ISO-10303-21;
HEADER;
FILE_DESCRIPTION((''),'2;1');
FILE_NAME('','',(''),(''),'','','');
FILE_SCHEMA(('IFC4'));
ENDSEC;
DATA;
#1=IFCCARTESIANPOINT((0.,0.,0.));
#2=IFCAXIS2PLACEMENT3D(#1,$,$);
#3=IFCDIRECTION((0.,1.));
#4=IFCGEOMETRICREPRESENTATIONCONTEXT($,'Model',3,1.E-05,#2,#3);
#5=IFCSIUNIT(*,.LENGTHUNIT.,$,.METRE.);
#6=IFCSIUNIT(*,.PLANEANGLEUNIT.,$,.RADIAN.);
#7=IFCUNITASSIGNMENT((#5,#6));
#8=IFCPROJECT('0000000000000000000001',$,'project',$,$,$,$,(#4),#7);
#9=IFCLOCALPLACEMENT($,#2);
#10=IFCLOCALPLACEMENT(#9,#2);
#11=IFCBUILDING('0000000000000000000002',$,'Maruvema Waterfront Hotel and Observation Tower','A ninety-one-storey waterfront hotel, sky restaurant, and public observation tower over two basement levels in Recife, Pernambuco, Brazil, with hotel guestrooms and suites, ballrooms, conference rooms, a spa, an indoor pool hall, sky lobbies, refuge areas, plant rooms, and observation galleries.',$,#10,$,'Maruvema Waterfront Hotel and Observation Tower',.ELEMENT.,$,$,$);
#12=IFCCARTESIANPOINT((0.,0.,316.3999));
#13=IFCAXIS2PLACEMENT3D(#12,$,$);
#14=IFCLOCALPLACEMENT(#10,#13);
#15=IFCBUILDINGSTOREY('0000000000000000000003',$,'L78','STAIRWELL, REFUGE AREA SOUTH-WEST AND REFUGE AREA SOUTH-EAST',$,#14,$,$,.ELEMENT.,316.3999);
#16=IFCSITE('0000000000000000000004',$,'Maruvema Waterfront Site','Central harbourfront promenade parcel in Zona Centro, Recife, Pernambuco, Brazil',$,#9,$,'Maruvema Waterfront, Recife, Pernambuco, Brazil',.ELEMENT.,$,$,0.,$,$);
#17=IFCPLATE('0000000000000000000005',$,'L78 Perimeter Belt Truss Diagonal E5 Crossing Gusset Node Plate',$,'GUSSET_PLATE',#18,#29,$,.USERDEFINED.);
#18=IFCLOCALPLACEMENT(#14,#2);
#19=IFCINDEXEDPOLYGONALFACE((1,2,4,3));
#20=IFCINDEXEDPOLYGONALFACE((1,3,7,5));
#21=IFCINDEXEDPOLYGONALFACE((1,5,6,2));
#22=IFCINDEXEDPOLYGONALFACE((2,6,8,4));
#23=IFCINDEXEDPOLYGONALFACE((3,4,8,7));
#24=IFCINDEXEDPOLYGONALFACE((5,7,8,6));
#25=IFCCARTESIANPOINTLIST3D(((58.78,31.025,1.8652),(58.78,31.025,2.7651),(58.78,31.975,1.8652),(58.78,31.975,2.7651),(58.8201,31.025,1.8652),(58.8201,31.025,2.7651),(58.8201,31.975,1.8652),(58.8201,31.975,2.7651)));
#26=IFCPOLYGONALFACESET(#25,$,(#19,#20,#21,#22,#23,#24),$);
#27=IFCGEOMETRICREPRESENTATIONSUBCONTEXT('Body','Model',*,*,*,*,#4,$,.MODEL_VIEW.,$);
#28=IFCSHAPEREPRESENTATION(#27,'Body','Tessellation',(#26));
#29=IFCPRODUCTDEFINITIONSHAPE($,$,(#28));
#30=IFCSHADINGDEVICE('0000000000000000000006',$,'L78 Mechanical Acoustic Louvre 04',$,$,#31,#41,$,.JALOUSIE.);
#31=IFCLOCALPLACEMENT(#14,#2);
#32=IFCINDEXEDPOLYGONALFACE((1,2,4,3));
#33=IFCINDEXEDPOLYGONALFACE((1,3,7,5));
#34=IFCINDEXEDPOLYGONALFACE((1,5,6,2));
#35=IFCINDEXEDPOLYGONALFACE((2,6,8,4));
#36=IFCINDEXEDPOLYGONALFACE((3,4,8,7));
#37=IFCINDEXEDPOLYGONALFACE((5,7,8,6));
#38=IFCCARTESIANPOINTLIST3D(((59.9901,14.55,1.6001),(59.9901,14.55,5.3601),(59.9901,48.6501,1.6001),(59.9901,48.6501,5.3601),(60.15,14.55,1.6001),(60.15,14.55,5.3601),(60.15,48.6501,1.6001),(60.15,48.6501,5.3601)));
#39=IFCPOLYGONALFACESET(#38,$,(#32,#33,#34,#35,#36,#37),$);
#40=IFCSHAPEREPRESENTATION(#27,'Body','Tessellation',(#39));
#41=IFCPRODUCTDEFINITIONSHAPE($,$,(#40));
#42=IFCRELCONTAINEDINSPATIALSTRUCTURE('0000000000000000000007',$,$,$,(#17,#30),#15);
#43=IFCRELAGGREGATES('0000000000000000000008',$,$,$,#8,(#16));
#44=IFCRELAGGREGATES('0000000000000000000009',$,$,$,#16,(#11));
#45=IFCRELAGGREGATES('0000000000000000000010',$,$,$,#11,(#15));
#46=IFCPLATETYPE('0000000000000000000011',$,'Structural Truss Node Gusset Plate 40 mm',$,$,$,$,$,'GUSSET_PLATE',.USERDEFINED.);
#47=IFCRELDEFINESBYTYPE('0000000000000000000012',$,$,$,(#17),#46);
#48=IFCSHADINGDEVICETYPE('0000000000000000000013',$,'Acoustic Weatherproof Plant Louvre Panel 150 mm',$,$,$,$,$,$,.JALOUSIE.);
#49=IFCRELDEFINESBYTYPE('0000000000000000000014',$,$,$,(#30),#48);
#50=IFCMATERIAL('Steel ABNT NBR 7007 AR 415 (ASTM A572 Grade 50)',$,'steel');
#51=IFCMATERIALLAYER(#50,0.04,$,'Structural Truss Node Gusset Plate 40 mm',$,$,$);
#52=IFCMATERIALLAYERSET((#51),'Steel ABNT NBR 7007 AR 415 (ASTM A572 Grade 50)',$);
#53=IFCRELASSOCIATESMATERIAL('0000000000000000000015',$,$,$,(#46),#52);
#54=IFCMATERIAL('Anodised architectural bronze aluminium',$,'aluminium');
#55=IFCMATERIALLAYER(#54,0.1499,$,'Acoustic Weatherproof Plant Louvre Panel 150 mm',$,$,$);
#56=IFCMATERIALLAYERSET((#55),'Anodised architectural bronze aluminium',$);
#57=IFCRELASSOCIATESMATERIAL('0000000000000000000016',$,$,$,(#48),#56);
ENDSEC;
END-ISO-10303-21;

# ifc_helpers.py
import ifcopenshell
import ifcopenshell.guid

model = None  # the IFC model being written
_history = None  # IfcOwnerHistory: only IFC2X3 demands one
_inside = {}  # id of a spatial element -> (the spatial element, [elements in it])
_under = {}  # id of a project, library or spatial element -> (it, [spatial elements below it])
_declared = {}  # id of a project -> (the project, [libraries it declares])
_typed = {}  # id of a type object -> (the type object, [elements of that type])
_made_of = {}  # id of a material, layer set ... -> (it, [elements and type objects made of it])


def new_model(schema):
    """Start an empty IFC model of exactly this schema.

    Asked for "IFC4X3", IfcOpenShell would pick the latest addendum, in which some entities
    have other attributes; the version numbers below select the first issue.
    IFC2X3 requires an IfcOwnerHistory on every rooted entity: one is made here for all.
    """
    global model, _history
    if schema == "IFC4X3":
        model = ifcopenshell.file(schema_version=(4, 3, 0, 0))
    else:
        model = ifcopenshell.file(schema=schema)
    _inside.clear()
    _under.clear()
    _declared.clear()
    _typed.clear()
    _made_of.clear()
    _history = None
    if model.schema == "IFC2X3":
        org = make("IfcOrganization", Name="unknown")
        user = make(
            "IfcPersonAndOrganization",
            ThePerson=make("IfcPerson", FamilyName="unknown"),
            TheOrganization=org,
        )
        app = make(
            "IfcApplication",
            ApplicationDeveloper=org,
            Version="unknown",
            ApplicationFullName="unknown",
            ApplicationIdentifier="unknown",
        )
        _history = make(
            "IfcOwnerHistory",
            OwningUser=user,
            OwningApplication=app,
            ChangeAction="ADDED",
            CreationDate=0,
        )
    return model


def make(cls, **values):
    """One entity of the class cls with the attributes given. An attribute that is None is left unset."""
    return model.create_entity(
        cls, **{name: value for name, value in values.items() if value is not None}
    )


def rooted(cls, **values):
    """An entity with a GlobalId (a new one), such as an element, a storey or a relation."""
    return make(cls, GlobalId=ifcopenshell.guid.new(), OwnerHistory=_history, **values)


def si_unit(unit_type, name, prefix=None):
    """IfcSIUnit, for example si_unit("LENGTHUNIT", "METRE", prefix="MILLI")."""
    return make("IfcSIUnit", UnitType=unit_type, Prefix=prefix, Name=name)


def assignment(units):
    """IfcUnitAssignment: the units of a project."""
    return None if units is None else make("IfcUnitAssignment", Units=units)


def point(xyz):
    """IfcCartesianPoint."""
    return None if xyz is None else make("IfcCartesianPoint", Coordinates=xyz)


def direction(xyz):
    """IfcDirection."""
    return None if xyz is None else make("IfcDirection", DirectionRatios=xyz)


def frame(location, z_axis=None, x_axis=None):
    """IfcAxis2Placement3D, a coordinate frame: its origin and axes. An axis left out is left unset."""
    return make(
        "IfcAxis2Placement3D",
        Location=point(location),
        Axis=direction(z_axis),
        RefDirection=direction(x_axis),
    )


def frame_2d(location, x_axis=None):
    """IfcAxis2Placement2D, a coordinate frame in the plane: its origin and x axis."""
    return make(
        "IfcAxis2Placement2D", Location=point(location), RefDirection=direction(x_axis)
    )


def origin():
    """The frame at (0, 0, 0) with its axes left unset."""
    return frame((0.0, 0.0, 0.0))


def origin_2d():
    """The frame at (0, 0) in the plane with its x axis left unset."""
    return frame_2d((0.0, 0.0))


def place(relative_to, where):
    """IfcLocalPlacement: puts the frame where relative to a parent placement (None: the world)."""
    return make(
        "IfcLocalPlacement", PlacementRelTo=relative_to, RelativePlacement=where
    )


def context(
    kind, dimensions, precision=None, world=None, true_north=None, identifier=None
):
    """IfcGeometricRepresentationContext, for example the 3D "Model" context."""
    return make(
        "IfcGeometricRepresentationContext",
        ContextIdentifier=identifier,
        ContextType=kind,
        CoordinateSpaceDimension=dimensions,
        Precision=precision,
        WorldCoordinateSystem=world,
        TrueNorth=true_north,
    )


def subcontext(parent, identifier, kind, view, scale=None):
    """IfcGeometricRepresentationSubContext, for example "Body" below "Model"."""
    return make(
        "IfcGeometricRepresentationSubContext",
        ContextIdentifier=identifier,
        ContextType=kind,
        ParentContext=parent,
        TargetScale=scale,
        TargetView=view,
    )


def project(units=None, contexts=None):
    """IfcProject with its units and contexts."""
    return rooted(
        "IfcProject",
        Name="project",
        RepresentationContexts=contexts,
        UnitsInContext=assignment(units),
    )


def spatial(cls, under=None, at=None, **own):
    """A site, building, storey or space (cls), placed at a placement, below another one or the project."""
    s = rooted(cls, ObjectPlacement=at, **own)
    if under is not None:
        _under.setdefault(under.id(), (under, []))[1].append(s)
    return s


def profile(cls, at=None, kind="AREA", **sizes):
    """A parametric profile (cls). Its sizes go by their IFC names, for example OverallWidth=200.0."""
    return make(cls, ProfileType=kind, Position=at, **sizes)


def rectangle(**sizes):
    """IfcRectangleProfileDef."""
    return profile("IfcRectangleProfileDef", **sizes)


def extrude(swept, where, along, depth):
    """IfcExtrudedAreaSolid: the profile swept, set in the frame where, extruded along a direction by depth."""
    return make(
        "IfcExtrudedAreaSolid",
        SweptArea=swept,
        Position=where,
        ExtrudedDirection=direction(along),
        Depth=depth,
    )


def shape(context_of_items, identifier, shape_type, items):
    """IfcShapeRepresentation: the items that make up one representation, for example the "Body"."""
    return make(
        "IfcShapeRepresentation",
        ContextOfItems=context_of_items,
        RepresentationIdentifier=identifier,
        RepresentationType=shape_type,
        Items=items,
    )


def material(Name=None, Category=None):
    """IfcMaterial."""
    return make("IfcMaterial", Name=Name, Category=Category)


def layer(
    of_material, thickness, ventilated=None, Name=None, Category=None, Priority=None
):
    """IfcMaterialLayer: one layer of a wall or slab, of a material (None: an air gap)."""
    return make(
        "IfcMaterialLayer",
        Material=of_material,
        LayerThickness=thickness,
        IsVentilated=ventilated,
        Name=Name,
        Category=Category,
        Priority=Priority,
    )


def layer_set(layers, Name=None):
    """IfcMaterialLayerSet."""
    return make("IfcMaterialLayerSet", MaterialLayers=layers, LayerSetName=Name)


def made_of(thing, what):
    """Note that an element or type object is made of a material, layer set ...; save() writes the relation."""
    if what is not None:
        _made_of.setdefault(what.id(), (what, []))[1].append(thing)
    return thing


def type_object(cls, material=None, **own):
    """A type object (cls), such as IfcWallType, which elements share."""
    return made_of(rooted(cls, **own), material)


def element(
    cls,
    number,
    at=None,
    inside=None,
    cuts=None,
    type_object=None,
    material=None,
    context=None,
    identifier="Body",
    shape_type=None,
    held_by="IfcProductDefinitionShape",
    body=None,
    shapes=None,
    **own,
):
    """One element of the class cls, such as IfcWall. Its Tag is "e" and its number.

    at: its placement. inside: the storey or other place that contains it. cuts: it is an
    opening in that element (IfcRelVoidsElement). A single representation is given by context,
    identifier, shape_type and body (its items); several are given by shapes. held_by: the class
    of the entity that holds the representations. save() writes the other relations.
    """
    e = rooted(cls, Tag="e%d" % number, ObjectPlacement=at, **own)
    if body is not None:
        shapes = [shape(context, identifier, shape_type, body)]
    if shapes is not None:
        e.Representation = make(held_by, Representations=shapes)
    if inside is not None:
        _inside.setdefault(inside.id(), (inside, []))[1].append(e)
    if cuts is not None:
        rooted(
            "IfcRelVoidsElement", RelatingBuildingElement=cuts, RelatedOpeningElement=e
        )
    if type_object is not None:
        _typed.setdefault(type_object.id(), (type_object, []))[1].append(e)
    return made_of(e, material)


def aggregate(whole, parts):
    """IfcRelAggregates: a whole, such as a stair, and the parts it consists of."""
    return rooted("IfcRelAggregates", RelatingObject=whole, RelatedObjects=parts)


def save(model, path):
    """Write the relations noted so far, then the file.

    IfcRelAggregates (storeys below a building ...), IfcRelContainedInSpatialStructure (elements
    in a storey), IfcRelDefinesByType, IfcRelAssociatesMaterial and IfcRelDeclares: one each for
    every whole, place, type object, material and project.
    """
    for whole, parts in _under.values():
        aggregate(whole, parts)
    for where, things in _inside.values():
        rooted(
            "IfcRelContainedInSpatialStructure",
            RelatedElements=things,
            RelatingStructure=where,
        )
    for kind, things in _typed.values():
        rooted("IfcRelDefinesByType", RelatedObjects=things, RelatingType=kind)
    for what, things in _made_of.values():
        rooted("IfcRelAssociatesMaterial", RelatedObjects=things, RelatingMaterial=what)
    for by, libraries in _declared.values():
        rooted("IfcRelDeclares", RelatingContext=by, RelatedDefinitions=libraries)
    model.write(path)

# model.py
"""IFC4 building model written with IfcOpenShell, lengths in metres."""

from ifc_helpers import new_model, si_unit, direction, frame, origin, origin_2d, place, context, subcontext, project, spatial, rectangle, extrude, material, layer, layer_set, type_object, element, save


model = new_model("IFC4")

# Units and contexts
model_context = context("Model", 3, precision=1e-05, world=origin(), true_north=direction((0.0, 1.0)))
body_context = subcontext(model_context, "Body", "Model", "MODEL_VIEW")
ifc_project = project(units=[si_unit("LENGTHUNIT", "METRE"), si_unit("PLANEANGLEUNIT", "RADIAN")], contexts=[model_context])

# Site, building, storey
site_placement = place(None, origin())
site = spatial("IfcSite", under=ifc_project, at=site_placement, Name="Maruvema Waterfront Site", Description="Central harbourfront promenade parcel in Zona Centro, Recife, Pernambuco, Brazil", LongName="Maruvema Waterfront, Recife, Pernambuco, Brazil", CompositionType="ELEMENT", RefElevation=0.0)
building_placement = place(site_placement, origin())
building = spatial("IfcBuilding", under=site, at=building_placement, Name="Maruvema Waterfront Hotel and Observation Tower", Description="A ninety-one-storey waterfront hotel, sky restaurant, and public observation tower over two basement levels in Recife, Pernambuco, Brazil, with hotel guestrooms and suites, ballrooms, conference rooms, a spa, an indoor pool hall, sky lobbies, refuge areas, plant rooms, and observation galleries.", LongName="Maruvema Waterfront Hotel and Observation Tower", CompositionType="ELEMENT")
storey_placement = place(building_placement, frame((0.0, 0.0, 316.3999)))
storey = spatial("IfcBuildingStorey", under=building, at=storey_placement, Name="L78", Description="STAIRWELL, REFUGE AREA SOUTH-WEST AND REFUGE AREA SOUTH-EAST", CompositionType="ELEMENT", Elevation=316.3999)

# Plate
ifc_material_1 = material(Name="Steel ABNT NBR 7007 AR 415 (ASTM A572 Grade 50)", Category="steel")
ifc_layer_1 = layer(ifc_material_1, 0.04, Name="Structural Truss Node Gusset Plate 40 mm")
ifc_layer_set_1 = layer_set([ifc_layer_1], Name="Steel ABNT NBR 7007 AR 415 (ASTM A572 Grade 50)")
plate_type_1 = type_object("IfcPlateType", Name="Structural Truss Node Gusset Plate 40 mm", ElementType="GUSSET_PLATE", PredefinedType="USERDEFINED", material=ifc_layer_set_1)
plate_1_placement = place(storey_placement, frame((58.8, 31.5, 1.8652), z_axis=(0.0, 0.0, 1.0), x_axis=(0.0, -1.0, 0.0)))
element("IfcPlate", 1, at=plate_1_placement, inside=storey, type_object=plate_type_1, Name="L78 Perimeter Belt Truss Diagonal E5 Crossing Gusset Node Plate", ObjectType="GUSSET_PLATE", PredefinedType="USERDEFINED", context=body_context, shape_type="SweptSolid", body=[
    extrude(rectangle(XDim=0.95, YDim=0.04, at=origin_2d()), origin(), (0.0, 0.0, 1.0), 0.8999),
])

# Shading device
ifc_material_2 = material(Name="Anodised architectural bronze aluminium", Category="aluminium")
ifc_layer_2 = layer(ifc_material_2, 0.1499, Name="Acoustic Weatherproof Plant Louvre Panel 150 mm")
ifc_layer_set_2 = layer_set([ifc_layer_2], Name="Anodised architectural bronze aluminium")
shading_device_type = type_object("IfcShadingDeviceType", Name="Acoustic Weatherproof Plant Louvre Panel 150 mm", PredefinedType="JALOUSIE", material=ifc_layer_set_2)
shading_device_placement = place(storey_placement, frame((60.0701, 31.6001, 1.6001), z_axis=(0.0, 0.0, 1.0), x_axis=(0.0, 1.0, 0.0)))
element("IfcShadingDevice", 2, at=shading_device_placement, inside=storey, type_object=shading_device_type, Name="L78 Mechanical Acoustic Louvre 04", PredefinedType="JALOUSIE", context=body_context, shape_type="SweptSolid", body=[
    extrude(rectangle(XDim=34.1001, YDim=0.1599, at=origin_2d()), origin(), (0.0, 0.0, 1.0), 3.76),
])

save(model, "model.ifc")
